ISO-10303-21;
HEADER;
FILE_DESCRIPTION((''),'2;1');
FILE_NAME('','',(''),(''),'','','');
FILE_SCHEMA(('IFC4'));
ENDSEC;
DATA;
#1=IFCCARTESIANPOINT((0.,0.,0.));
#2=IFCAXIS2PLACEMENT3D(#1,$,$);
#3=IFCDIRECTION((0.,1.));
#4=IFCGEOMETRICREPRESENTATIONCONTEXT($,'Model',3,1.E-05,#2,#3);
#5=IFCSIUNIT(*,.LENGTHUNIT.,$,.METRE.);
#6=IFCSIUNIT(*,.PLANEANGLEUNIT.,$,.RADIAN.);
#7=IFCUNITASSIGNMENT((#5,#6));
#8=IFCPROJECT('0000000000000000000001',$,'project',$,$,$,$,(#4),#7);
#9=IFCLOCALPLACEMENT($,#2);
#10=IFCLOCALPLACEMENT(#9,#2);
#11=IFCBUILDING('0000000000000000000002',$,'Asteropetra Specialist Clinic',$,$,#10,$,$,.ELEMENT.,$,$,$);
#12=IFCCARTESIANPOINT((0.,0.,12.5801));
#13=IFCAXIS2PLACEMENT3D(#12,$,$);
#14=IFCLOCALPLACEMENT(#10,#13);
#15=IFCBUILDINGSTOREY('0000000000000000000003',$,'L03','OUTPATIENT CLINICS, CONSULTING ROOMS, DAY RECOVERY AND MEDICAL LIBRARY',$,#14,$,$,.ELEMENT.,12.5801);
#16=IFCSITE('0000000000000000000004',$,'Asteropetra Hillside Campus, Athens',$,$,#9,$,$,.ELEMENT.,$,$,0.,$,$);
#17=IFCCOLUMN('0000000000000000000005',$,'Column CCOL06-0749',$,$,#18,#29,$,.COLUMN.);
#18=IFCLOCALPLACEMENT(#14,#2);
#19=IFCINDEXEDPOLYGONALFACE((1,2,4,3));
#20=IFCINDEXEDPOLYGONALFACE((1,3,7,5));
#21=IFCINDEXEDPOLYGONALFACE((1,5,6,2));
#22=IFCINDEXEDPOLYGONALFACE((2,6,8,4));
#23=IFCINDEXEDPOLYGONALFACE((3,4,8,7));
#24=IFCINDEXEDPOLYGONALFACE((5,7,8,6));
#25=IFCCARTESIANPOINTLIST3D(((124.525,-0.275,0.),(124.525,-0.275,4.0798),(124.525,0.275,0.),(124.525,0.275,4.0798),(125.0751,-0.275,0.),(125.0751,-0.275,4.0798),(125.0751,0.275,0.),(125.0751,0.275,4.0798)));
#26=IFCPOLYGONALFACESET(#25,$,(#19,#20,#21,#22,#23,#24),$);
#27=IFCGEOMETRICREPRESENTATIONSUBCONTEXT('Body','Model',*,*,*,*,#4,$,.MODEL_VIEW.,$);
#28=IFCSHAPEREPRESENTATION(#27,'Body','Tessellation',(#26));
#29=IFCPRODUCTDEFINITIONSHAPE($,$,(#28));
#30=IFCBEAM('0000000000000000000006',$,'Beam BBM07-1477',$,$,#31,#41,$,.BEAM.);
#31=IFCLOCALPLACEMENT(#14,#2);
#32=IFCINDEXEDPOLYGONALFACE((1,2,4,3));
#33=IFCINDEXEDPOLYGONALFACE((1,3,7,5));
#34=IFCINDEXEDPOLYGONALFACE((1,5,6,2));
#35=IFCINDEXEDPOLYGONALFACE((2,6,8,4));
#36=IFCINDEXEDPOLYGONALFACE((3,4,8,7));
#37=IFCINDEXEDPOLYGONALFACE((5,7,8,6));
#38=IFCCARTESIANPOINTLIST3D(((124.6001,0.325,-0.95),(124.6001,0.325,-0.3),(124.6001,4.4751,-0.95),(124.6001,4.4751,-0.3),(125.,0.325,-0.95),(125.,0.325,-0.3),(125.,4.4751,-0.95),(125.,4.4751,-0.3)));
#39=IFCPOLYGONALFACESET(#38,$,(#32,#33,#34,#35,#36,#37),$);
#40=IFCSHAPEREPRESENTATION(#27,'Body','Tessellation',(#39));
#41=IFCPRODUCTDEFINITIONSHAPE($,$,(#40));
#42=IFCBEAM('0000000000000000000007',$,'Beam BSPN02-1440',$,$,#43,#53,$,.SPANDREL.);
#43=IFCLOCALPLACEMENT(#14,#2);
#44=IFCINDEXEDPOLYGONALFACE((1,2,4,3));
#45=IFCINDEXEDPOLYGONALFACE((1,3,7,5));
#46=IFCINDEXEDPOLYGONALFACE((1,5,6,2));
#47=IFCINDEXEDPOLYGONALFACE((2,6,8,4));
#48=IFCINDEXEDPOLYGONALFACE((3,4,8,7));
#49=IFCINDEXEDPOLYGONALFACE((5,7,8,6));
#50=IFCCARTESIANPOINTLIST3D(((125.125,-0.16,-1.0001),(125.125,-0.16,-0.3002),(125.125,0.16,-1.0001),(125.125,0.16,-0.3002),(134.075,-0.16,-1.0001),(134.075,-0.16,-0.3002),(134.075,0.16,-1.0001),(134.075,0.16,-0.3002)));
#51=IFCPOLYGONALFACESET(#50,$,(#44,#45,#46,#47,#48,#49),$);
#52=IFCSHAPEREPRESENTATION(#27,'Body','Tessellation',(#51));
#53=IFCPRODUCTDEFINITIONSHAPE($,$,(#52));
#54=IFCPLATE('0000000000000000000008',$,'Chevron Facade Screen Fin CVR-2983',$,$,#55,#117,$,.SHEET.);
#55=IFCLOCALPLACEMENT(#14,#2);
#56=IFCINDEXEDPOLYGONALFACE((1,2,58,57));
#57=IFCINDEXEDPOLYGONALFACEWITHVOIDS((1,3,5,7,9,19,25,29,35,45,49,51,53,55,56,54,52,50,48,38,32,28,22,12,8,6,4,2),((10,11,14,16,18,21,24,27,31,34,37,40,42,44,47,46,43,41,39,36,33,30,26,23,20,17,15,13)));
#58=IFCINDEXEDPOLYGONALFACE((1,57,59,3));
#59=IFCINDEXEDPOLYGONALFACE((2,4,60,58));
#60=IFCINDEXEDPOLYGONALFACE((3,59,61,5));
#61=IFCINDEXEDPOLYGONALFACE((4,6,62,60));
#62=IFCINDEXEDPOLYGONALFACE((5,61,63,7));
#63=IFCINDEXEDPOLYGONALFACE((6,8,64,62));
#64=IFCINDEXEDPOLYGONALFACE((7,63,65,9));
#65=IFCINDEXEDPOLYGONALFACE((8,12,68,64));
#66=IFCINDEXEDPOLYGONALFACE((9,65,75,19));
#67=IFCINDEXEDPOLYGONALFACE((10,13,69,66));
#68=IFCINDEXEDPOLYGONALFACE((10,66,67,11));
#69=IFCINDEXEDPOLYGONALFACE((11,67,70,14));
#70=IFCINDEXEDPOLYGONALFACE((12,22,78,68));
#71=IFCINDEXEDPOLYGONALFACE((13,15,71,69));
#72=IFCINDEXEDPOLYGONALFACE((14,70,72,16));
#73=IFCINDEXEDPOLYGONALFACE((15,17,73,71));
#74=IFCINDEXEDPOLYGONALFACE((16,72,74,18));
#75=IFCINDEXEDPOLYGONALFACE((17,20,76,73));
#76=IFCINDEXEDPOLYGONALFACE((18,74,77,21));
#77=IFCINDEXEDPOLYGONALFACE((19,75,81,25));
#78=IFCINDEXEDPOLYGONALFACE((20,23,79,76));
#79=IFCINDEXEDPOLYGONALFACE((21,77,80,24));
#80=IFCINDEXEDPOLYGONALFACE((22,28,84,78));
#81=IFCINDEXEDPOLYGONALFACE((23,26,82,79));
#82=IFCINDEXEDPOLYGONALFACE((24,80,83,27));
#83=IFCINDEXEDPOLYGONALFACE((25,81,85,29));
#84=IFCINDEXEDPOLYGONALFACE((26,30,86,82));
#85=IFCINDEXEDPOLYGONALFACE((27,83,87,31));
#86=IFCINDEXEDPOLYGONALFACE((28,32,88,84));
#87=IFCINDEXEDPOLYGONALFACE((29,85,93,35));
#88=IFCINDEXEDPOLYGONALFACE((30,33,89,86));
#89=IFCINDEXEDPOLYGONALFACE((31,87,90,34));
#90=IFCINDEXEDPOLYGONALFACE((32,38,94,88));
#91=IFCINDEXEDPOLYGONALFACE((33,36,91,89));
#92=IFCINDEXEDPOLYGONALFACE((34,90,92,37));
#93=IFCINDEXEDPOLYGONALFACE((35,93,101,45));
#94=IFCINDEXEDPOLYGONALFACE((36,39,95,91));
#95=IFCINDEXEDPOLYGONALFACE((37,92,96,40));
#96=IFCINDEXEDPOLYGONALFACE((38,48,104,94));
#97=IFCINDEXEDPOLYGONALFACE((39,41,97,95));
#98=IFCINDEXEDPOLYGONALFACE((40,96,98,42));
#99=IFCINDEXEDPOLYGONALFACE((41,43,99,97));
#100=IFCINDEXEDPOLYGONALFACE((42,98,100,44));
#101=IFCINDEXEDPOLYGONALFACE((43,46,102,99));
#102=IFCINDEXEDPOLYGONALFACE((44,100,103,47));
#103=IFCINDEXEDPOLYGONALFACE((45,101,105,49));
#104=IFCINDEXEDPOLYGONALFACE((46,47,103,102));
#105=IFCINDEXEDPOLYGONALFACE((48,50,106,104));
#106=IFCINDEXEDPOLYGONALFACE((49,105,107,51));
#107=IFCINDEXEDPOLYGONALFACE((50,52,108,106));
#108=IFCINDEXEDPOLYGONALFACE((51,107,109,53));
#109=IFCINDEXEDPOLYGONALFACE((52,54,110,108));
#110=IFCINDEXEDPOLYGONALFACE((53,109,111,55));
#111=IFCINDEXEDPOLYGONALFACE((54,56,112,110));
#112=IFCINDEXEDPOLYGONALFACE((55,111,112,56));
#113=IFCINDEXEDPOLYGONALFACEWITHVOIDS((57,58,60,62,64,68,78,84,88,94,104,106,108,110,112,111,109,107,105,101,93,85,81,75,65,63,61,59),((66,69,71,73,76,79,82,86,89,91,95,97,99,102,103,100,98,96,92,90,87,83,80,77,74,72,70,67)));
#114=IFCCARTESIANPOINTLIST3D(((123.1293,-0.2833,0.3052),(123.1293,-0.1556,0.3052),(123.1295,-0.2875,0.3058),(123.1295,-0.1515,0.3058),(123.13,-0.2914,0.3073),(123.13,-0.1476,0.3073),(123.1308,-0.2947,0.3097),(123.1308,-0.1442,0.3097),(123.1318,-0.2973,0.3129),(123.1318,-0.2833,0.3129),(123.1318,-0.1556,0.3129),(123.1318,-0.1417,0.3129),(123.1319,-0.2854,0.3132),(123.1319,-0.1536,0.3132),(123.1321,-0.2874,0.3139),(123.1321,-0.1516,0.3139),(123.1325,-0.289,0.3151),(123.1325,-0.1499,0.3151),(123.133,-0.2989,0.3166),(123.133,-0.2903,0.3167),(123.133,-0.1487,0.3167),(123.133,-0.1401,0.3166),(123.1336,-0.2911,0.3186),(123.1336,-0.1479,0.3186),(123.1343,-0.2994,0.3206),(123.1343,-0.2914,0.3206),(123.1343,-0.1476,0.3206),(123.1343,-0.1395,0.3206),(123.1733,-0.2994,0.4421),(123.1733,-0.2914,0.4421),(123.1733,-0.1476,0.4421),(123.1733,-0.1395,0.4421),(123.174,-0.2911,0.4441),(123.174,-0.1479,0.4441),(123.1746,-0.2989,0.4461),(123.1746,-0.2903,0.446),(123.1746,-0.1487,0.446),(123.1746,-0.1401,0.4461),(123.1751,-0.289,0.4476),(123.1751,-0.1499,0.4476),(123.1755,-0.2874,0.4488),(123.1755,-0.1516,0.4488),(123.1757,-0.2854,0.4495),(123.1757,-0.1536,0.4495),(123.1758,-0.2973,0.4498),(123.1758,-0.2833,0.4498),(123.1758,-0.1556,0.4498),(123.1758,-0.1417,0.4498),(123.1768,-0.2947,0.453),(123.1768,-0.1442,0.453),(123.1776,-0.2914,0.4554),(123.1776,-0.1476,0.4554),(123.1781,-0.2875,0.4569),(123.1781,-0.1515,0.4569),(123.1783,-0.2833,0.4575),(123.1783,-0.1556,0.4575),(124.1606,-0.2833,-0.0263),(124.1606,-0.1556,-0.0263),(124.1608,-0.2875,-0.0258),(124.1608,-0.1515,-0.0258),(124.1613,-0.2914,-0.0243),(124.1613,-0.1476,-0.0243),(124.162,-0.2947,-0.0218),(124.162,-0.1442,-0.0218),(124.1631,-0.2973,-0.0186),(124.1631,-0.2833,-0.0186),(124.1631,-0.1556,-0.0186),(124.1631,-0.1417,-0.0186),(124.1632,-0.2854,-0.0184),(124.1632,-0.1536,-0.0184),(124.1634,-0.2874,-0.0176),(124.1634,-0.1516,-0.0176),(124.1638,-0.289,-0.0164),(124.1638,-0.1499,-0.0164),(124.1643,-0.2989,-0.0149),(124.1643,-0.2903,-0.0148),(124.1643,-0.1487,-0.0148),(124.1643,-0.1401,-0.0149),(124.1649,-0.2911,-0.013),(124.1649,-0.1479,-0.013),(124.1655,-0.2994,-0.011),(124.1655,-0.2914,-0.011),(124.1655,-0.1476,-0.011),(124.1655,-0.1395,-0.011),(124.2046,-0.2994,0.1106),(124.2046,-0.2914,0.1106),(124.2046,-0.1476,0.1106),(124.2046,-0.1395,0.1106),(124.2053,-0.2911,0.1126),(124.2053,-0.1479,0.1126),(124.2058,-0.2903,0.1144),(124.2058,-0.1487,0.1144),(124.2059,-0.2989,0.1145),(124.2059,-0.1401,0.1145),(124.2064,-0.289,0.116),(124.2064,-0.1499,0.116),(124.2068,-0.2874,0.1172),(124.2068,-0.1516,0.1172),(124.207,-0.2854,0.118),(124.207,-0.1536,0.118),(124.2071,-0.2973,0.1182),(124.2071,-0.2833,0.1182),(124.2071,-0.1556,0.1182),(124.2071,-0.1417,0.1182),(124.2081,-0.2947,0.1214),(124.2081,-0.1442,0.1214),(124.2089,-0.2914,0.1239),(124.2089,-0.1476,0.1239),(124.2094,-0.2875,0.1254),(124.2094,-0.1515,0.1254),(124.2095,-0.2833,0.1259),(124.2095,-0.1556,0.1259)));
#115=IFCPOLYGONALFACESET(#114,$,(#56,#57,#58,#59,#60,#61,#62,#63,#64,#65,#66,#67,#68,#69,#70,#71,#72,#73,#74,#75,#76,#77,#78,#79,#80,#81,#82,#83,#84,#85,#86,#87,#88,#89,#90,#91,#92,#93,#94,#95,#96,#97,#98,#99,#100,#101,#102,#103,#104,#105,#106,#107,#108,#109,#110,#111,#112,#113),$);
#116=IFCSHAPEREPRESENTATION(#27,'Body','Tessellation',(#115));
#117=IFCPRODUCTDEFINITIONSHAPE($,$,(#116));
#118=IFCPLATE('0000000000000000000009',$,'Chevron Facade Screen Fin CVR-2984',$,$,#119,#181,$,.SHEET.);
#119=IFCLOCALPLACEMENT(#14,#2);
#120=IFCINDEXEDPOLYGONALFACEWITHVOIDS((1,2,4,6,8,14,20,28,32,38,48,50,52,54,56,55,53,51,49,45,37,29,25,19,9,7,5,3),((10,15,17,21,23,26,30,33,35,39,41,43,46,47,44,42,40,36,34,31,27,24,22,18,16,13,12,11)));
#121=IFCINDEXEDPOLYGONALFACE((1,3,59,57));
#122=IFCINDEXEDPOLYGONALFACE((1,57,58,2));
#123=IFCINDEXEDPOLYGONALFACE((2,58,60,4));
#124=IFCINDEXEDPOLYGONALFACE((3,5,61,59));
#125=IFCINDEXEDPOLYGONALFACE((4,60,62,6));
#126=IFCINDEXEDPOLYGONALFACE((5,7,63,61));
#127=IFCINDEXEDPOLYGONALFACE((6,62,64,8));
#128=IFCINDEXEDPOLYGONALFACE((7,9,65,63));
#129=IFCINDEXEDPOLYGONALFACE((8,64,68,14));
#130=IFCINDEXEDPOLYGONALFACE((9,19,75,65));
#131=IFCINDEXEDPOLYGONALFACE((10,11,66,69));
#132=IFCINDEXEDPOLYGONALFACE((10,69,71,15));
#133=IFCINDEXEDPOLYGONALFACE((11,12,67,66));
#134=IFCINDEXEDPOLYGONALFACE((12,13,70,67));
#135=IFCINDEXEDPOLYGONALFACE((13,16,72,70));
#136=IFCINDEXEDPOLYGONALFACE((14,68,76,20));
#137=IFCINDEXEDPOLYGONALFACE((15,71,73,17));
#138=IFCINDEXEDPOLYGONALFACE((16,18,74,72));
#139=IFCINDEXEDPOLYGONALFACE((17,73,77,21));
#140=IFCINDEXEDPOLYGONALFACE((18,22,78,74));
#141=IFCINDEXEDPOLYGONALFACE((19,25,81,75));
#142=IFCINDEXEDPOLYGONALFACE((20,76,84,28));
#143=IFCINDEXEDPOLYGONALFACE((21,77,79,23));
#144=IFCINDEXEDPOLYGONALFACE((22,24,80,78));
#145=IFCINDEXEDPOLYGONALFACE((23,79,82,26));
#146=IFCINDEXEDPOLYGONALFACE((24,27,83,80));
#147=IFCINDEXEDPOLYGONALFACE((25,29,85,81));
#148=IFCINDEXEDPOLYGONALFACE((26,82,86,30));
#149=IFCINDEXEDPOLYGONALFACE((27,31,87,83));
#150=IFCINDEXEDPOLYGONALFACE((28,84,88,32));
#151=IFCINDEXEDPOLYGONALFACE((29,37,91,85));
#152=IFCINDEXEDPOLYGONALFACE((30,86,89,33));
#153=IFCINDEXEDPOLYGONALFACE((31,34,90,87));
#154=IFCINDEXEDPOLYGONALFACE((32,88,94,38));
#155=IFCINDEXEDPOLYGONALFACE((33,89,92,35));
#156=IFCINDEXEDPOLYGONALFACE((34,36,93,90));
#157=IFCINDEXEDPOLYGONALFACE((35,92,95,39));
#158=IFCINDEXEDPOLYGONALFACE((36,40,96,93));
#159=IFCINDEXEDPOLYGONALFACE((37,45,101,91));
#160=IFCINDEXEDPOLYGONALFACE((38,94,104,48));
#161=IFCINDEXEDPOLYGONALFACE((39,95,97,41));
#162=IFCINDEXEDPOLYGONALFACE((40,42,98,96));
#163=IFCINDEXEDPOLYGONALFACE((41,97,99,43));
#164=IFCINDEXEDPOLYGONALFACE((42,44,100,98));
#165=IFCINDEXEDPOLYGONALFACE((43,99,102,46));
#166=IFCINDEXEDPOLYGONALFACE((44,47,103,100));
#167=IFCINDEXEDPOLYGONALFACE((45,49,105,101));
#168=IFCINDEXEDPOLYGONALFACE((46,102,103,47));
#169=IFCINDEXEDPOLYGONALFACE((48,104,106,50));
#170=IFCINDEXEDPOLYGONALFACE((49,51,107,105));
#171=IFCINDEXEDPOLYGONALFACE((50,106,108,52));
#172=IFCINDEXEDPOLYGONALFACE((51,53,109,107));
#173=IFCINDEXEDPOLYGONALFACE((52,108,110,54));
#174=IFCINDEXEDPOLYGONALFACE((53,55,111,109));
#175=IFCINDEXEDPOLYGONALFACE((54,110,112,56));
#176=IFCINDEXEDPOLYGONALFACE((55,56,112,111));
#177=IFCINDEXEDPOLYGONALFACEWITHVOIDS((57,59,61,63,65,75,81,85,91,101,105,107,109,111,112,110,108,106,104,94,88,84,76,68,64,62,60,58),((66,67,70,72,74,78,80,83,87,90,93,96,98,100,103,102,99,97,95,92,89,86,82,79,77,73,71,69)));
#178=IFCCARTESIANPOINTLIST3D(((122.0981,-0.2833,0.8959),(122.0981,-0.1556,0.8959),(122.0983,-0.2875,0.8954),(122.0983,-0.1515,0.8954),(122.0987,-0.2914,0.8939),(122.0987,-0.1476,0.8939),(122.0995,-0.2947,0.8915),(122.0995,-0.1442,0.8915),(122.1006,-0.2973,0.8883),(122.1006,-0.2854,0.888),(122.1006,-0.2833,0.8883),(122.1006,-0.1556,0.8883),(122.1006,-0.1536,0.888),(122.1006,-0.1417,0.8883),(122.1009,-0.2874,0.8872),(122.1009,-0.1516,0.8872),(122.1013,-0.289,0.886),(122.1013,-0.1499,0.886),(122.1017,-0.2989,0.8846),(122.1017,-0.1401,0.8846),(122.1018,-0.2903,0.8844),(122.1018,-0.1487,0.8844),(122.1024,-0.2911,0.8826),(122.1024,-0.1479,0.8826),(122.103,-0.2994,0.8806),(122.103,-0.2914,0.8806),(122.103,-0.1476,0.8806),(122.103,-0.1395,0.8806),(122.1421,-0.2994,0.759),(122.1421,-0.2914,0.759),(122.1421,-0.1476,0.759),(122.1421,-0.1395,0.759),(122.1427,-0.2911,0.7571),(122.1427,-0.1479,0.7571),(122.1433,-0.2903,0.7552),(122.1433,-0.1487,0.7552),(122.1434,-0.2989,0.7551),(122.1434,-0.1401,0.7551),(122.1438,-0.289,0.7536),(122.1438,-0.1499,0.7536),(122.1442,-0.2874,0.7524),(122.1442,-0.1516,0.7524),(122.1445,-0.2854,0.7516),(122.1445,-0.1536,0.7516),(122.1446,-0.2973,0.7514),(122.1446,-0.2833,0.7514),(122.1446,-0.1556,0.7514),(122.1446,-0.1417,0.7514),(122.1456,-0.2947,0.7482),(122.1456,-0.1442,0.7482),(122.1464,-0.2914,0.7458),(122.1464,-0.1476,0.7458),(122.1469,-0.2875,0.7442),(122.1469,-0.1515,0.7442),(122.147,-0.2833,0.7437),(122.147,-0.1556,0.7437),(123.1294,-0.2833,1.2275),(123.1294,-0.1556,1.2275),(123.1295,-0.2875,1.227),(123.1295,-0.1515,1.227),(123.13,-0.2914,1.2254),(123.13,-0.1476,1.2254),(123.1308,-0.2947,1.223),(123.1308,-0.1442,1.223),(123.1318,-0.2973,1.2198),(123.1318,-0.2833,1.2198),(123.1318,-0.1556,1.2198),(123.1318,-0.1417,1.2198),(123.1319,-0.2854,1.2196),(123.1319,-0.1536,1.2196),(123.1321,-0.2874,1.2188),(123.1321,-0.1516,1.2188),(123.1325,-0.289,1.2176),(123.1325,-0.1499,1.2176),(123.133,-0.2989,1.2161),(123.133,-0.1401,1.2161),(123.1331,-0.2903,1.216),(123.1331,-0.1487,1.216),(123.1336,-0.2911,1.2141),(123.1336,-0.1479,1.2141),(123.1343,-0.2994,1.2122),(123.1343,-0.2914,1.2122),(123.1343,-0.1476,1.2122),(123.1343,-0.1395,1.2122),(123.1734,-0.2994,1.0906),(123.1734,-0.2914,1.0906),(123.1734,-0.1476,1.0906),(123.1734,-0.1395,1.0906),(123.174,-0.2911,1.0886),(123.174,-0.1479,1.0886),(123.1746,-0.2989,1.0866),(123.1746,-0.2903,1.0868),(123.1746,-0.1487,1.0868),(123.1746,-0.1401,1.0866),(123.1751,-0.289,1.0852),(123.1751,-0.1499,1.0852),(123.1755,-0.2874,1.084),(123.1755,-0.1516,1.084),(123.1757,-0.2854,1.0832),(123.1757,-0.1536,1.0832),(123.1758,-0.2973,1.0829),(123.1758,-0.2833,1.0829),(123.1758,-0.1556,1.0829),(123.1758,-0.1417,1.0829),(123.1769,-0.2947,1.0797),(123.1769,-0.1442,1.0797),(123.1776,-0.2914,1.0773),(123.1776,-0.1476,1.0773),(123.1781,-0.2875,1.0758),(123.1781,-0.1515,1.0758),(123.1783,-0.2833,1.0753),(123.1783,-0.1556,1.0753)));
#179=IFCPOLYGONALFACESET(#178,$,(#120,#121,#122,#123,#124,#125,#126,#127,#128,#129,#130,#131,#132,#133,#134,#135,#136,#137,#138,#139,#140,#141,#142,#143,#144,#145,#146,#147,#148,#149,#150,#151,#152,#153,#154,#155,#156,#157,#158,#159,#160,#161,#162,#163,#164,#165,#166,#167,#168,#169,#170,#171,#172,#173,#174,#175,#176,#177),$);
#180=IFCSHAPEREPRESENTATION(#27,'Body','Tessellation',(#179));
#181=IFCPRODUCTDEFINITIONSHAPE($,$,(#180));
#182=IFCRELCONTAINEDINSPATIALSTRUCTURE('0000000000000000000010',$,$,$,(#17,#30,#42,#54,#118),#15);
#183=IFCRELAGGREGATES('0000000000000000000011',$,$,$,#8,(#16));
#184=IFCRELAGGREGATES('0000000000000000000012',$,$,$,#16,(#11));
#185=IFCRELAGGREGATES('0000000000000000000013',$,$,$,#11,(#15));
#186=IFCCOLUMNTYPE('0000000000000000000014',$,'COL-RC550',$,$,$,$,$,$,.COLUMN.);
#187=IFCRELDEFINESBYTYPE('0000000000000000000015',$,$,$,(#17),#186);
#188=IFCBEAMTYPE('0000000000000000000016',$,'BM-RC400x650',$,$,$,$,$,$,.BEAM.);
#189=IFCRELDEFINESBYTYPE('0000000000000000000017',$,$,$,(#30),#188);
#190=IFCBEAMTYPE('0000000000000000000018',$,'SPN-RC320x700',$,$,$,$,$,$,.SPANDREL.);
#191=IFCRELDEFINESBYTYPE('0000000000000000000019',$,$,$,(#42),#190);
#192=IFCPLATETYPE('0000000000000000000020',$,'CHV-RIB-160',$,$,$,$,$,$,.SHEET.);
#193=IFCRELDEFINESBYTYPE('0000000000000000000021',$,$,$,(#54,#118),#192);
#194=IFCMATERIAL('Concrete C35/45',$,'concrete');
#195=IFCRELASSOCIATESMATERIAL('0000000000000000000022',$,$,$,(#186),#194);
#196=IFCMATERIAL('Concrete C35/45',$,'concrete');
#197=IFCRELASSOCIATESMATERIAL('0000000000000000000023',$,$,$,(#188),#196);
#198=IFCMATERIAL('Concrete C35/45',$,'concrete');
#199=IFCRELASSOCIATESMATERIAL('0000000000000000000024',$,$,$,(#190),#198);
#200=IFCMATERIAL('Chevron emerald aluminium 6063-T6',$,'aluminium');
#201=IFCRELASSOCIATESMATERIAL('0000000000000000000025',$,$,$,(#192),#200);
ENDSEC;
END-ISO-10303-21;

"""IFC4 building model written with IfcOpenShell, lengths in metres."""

from ifc_helpers import new_model, si_unit, direction, frame, origin, origin_2d, place, context, subcontext, project, spatial, rectangle, hollow_rectangle, extrude, material, material_profile, profile_set, type_object, element, save


model = new_model("IFC4")

# Units and contexts
model_context = context("Model", 3, precision=1e-05, world=origin(), true_north=direction((0.0, 1.0)))
body_context = subcontext(model_context, "Body", "Model", "MODEL_VIEW")
ifc_project = project(units=[si_unit("LENGTHUNIT", "METRE"), si_unit("PLANEANGLEUNIT", "RADIAN")], contexts=[model_context])

# Site, building, storey
site_placement = place(None, origin())
site = spatial("IfcSite", under=ifc_project, at=site_placement, Name="Asteropetra Hillside Campus, Athens", CompositionType="ELEMENT", RefElevation=0.0)
building_placement = place(site_placement, origin())
building = spatial("IfcBuilding", under=site, at=building_placement, Name="Asteropetra Specialist Clinic", CompositionType="ELEMENT")
storey_placement = place(building_placement, frame((0.0, 0.0, 12.5801)))
storey = spatial("IfcBuildingStorey", under=building, at=storey_placement, Name="L03", Description="OUTPATIENT CLINICS, CONSULTING ROOMS, DAY RECOVERY AND MEDICAL LIBRARY", CompositionType="ELEMENT", Elevation=12.5801)

# Column
ifc_material_1 = material(Name="Concrete C35/45", Category="concrete")
ifc_material_profile_1 = material_profile(ifc_material_1, rectangle(XDim=0.55, YDim=0.55, at=origin_2d()), Name="RC 550x550")
ifc_profile_set_1 = profile_set([ifc_material_profile_1], Name="Concrete C35/45")
column_type = type_object("IfcColumnType", Name="COL-RC550", PredefinedType="COLUMN", material=ifc_profile_set_1)
column_placement = place(storey_placement, frame((124.8, 0.0, 0.0), z_axis=(0.0, 0.0, 1.0), x_axis=(1.0, 0.0, 0.0)))
element("IfcColumn", 1, at=column_placement, inside=storey, type_object=column_type, Name="Column CCOL06-0749", PredefinedType="COLUMN", context=body_context, shape_type="SweptSolid", body=[
    extrude(rectangle(XDim=0.55, YDim=0.55, at=origin_2d()), origin(), (0.0, 0.0, 1.0), 4.0798),
])

# Beams
ifc_material_2 = material(Name="Concrete C35/45", Category="concrete")
ifc_material_profile_2 = material_profile(ifc_material_2, rectangle(XDim=0.3999, YDim=0.6499, at=origin_2d()), Name="RCB 400x650")
ifc_profile_set_2 = profile_set([ifc_material_profile_2], Name="Concrete C35/45")
beam_type_1 = type_object("IfcBeamType", Name="BM-RC400x650", PredefinedType="BEAM", material=ifc_profile_set_2)
beam_1_placement = place(storey_placement, frame((124.8, 0.325, -0.625), z_axis=(0.0, 1.0, 0.0), x_axis=(-1.0, 0.0, 0.0)))
element("IfcBeam", 2, at=beam_1_placement, inside=storey, type_object=beam_type_1, Name="Beam BBM07-1477", PredefinedType="BEAM", context=body_context, shape_type="SweptSolid", body=[
    extrude(rectangle(XDim=0.3999, YDim=0.6499, at=origin_2d()), origin(), (0.0, 0.0, 1.0), 4.1501),
])
ifc_material_3 = material(Name="Concrete C35/45", Category="concrete")
ifc_material_profile_3 = material_profile(ifc_material_3, rectangle(XDim=0.3201, YDim=0.7, at=origin_2d()), Name="RCS 320x700")
ifc_profile_set_3 = profile_set([ifc_material_profile_3], Name="Concrete C35/45")
beam_type_2 = type_object("IfcBeamType", Name="SPN-RC320x700", PredefinedType="SPANDREL", material=ifc_profile_set_3)
beam_2_placement = place(storey_placement, frame((125.125, 0.0, -0.6501), z_axis=(1.0, 0.0, 0.0), x_axis=(0.0, 1.0, 0.0)))
element("IfcBeam", 3, at=beam_2_placement, inside=storey, type_object=beam_type_2, Name="Beam BSPN02-1440", PredefinedType="SPANDREL", context=body_context, shape_type="SweptSolid", body=[
    extrude(rectangle(XDim=0.3201, YDim=0.7, at=origin_2d()), origin(), (0.0, 0.0, 1.0), 8.95),
])

# Plates
ifc_material_4 = material(Name="Chevron emerald aluminium 6063-T6", Category="aluminium")
ifc_material_profile_4 = material_profile(ifc_material_4, hollow_rectangle(XDim=0.1599, YDim=0.1599, WallThickness=0.0081, InnerFilletRadius=0.0081, OuterFilletRadius=0.0161, at=origin_2d()), Name="SHS 160x160x8.0")
ifc_profile_set_4 = profile_set([ifc_material_profile_4], Name="Chevron emerald aluminium 6063-T6")
plate_type_1 = type_object("IfcPlateType", Name="CHV-RIB-160", PredefinedType="SHEET", material=ifc_profile_set_4)
for number, where, z_axis, x_axis, name in (
    (4, (123.1538, -0.2195, 0.3813), (0.95201, 0.0, -0.306068), (0.0, 1.0, 0.0), "Chevron Facade Screen Fin CVR-2983"),
    (5, (122.1226, -0.2195, 0.8198), (0.95201, 0.0, 0.306068), (0.0, 1.0, 0.0), "Chevron Facade Screen Fin CVR-2984"),
):
    element("IfcPlate", number, at=place(storey_placement, frame(where, z_axis=z_axis, x_axis=x_axis)), inside=storey, type_object=plate_type_1, Name=name, PredefinedType="SHEET", context=body_context, shape_type="SweptSolid", body=[
        extrude(hollow_rectangle(XDim=0.1599, YDim=0.1599, WallThickness=0.0081, InnerFilletRadius=0.0081, OuterFilletRadius=0.0161, at=origin_2d()), origin(), (0.0, 0.0, 1.0), 1.0833),
    ])

save(model, "model.ifc")
